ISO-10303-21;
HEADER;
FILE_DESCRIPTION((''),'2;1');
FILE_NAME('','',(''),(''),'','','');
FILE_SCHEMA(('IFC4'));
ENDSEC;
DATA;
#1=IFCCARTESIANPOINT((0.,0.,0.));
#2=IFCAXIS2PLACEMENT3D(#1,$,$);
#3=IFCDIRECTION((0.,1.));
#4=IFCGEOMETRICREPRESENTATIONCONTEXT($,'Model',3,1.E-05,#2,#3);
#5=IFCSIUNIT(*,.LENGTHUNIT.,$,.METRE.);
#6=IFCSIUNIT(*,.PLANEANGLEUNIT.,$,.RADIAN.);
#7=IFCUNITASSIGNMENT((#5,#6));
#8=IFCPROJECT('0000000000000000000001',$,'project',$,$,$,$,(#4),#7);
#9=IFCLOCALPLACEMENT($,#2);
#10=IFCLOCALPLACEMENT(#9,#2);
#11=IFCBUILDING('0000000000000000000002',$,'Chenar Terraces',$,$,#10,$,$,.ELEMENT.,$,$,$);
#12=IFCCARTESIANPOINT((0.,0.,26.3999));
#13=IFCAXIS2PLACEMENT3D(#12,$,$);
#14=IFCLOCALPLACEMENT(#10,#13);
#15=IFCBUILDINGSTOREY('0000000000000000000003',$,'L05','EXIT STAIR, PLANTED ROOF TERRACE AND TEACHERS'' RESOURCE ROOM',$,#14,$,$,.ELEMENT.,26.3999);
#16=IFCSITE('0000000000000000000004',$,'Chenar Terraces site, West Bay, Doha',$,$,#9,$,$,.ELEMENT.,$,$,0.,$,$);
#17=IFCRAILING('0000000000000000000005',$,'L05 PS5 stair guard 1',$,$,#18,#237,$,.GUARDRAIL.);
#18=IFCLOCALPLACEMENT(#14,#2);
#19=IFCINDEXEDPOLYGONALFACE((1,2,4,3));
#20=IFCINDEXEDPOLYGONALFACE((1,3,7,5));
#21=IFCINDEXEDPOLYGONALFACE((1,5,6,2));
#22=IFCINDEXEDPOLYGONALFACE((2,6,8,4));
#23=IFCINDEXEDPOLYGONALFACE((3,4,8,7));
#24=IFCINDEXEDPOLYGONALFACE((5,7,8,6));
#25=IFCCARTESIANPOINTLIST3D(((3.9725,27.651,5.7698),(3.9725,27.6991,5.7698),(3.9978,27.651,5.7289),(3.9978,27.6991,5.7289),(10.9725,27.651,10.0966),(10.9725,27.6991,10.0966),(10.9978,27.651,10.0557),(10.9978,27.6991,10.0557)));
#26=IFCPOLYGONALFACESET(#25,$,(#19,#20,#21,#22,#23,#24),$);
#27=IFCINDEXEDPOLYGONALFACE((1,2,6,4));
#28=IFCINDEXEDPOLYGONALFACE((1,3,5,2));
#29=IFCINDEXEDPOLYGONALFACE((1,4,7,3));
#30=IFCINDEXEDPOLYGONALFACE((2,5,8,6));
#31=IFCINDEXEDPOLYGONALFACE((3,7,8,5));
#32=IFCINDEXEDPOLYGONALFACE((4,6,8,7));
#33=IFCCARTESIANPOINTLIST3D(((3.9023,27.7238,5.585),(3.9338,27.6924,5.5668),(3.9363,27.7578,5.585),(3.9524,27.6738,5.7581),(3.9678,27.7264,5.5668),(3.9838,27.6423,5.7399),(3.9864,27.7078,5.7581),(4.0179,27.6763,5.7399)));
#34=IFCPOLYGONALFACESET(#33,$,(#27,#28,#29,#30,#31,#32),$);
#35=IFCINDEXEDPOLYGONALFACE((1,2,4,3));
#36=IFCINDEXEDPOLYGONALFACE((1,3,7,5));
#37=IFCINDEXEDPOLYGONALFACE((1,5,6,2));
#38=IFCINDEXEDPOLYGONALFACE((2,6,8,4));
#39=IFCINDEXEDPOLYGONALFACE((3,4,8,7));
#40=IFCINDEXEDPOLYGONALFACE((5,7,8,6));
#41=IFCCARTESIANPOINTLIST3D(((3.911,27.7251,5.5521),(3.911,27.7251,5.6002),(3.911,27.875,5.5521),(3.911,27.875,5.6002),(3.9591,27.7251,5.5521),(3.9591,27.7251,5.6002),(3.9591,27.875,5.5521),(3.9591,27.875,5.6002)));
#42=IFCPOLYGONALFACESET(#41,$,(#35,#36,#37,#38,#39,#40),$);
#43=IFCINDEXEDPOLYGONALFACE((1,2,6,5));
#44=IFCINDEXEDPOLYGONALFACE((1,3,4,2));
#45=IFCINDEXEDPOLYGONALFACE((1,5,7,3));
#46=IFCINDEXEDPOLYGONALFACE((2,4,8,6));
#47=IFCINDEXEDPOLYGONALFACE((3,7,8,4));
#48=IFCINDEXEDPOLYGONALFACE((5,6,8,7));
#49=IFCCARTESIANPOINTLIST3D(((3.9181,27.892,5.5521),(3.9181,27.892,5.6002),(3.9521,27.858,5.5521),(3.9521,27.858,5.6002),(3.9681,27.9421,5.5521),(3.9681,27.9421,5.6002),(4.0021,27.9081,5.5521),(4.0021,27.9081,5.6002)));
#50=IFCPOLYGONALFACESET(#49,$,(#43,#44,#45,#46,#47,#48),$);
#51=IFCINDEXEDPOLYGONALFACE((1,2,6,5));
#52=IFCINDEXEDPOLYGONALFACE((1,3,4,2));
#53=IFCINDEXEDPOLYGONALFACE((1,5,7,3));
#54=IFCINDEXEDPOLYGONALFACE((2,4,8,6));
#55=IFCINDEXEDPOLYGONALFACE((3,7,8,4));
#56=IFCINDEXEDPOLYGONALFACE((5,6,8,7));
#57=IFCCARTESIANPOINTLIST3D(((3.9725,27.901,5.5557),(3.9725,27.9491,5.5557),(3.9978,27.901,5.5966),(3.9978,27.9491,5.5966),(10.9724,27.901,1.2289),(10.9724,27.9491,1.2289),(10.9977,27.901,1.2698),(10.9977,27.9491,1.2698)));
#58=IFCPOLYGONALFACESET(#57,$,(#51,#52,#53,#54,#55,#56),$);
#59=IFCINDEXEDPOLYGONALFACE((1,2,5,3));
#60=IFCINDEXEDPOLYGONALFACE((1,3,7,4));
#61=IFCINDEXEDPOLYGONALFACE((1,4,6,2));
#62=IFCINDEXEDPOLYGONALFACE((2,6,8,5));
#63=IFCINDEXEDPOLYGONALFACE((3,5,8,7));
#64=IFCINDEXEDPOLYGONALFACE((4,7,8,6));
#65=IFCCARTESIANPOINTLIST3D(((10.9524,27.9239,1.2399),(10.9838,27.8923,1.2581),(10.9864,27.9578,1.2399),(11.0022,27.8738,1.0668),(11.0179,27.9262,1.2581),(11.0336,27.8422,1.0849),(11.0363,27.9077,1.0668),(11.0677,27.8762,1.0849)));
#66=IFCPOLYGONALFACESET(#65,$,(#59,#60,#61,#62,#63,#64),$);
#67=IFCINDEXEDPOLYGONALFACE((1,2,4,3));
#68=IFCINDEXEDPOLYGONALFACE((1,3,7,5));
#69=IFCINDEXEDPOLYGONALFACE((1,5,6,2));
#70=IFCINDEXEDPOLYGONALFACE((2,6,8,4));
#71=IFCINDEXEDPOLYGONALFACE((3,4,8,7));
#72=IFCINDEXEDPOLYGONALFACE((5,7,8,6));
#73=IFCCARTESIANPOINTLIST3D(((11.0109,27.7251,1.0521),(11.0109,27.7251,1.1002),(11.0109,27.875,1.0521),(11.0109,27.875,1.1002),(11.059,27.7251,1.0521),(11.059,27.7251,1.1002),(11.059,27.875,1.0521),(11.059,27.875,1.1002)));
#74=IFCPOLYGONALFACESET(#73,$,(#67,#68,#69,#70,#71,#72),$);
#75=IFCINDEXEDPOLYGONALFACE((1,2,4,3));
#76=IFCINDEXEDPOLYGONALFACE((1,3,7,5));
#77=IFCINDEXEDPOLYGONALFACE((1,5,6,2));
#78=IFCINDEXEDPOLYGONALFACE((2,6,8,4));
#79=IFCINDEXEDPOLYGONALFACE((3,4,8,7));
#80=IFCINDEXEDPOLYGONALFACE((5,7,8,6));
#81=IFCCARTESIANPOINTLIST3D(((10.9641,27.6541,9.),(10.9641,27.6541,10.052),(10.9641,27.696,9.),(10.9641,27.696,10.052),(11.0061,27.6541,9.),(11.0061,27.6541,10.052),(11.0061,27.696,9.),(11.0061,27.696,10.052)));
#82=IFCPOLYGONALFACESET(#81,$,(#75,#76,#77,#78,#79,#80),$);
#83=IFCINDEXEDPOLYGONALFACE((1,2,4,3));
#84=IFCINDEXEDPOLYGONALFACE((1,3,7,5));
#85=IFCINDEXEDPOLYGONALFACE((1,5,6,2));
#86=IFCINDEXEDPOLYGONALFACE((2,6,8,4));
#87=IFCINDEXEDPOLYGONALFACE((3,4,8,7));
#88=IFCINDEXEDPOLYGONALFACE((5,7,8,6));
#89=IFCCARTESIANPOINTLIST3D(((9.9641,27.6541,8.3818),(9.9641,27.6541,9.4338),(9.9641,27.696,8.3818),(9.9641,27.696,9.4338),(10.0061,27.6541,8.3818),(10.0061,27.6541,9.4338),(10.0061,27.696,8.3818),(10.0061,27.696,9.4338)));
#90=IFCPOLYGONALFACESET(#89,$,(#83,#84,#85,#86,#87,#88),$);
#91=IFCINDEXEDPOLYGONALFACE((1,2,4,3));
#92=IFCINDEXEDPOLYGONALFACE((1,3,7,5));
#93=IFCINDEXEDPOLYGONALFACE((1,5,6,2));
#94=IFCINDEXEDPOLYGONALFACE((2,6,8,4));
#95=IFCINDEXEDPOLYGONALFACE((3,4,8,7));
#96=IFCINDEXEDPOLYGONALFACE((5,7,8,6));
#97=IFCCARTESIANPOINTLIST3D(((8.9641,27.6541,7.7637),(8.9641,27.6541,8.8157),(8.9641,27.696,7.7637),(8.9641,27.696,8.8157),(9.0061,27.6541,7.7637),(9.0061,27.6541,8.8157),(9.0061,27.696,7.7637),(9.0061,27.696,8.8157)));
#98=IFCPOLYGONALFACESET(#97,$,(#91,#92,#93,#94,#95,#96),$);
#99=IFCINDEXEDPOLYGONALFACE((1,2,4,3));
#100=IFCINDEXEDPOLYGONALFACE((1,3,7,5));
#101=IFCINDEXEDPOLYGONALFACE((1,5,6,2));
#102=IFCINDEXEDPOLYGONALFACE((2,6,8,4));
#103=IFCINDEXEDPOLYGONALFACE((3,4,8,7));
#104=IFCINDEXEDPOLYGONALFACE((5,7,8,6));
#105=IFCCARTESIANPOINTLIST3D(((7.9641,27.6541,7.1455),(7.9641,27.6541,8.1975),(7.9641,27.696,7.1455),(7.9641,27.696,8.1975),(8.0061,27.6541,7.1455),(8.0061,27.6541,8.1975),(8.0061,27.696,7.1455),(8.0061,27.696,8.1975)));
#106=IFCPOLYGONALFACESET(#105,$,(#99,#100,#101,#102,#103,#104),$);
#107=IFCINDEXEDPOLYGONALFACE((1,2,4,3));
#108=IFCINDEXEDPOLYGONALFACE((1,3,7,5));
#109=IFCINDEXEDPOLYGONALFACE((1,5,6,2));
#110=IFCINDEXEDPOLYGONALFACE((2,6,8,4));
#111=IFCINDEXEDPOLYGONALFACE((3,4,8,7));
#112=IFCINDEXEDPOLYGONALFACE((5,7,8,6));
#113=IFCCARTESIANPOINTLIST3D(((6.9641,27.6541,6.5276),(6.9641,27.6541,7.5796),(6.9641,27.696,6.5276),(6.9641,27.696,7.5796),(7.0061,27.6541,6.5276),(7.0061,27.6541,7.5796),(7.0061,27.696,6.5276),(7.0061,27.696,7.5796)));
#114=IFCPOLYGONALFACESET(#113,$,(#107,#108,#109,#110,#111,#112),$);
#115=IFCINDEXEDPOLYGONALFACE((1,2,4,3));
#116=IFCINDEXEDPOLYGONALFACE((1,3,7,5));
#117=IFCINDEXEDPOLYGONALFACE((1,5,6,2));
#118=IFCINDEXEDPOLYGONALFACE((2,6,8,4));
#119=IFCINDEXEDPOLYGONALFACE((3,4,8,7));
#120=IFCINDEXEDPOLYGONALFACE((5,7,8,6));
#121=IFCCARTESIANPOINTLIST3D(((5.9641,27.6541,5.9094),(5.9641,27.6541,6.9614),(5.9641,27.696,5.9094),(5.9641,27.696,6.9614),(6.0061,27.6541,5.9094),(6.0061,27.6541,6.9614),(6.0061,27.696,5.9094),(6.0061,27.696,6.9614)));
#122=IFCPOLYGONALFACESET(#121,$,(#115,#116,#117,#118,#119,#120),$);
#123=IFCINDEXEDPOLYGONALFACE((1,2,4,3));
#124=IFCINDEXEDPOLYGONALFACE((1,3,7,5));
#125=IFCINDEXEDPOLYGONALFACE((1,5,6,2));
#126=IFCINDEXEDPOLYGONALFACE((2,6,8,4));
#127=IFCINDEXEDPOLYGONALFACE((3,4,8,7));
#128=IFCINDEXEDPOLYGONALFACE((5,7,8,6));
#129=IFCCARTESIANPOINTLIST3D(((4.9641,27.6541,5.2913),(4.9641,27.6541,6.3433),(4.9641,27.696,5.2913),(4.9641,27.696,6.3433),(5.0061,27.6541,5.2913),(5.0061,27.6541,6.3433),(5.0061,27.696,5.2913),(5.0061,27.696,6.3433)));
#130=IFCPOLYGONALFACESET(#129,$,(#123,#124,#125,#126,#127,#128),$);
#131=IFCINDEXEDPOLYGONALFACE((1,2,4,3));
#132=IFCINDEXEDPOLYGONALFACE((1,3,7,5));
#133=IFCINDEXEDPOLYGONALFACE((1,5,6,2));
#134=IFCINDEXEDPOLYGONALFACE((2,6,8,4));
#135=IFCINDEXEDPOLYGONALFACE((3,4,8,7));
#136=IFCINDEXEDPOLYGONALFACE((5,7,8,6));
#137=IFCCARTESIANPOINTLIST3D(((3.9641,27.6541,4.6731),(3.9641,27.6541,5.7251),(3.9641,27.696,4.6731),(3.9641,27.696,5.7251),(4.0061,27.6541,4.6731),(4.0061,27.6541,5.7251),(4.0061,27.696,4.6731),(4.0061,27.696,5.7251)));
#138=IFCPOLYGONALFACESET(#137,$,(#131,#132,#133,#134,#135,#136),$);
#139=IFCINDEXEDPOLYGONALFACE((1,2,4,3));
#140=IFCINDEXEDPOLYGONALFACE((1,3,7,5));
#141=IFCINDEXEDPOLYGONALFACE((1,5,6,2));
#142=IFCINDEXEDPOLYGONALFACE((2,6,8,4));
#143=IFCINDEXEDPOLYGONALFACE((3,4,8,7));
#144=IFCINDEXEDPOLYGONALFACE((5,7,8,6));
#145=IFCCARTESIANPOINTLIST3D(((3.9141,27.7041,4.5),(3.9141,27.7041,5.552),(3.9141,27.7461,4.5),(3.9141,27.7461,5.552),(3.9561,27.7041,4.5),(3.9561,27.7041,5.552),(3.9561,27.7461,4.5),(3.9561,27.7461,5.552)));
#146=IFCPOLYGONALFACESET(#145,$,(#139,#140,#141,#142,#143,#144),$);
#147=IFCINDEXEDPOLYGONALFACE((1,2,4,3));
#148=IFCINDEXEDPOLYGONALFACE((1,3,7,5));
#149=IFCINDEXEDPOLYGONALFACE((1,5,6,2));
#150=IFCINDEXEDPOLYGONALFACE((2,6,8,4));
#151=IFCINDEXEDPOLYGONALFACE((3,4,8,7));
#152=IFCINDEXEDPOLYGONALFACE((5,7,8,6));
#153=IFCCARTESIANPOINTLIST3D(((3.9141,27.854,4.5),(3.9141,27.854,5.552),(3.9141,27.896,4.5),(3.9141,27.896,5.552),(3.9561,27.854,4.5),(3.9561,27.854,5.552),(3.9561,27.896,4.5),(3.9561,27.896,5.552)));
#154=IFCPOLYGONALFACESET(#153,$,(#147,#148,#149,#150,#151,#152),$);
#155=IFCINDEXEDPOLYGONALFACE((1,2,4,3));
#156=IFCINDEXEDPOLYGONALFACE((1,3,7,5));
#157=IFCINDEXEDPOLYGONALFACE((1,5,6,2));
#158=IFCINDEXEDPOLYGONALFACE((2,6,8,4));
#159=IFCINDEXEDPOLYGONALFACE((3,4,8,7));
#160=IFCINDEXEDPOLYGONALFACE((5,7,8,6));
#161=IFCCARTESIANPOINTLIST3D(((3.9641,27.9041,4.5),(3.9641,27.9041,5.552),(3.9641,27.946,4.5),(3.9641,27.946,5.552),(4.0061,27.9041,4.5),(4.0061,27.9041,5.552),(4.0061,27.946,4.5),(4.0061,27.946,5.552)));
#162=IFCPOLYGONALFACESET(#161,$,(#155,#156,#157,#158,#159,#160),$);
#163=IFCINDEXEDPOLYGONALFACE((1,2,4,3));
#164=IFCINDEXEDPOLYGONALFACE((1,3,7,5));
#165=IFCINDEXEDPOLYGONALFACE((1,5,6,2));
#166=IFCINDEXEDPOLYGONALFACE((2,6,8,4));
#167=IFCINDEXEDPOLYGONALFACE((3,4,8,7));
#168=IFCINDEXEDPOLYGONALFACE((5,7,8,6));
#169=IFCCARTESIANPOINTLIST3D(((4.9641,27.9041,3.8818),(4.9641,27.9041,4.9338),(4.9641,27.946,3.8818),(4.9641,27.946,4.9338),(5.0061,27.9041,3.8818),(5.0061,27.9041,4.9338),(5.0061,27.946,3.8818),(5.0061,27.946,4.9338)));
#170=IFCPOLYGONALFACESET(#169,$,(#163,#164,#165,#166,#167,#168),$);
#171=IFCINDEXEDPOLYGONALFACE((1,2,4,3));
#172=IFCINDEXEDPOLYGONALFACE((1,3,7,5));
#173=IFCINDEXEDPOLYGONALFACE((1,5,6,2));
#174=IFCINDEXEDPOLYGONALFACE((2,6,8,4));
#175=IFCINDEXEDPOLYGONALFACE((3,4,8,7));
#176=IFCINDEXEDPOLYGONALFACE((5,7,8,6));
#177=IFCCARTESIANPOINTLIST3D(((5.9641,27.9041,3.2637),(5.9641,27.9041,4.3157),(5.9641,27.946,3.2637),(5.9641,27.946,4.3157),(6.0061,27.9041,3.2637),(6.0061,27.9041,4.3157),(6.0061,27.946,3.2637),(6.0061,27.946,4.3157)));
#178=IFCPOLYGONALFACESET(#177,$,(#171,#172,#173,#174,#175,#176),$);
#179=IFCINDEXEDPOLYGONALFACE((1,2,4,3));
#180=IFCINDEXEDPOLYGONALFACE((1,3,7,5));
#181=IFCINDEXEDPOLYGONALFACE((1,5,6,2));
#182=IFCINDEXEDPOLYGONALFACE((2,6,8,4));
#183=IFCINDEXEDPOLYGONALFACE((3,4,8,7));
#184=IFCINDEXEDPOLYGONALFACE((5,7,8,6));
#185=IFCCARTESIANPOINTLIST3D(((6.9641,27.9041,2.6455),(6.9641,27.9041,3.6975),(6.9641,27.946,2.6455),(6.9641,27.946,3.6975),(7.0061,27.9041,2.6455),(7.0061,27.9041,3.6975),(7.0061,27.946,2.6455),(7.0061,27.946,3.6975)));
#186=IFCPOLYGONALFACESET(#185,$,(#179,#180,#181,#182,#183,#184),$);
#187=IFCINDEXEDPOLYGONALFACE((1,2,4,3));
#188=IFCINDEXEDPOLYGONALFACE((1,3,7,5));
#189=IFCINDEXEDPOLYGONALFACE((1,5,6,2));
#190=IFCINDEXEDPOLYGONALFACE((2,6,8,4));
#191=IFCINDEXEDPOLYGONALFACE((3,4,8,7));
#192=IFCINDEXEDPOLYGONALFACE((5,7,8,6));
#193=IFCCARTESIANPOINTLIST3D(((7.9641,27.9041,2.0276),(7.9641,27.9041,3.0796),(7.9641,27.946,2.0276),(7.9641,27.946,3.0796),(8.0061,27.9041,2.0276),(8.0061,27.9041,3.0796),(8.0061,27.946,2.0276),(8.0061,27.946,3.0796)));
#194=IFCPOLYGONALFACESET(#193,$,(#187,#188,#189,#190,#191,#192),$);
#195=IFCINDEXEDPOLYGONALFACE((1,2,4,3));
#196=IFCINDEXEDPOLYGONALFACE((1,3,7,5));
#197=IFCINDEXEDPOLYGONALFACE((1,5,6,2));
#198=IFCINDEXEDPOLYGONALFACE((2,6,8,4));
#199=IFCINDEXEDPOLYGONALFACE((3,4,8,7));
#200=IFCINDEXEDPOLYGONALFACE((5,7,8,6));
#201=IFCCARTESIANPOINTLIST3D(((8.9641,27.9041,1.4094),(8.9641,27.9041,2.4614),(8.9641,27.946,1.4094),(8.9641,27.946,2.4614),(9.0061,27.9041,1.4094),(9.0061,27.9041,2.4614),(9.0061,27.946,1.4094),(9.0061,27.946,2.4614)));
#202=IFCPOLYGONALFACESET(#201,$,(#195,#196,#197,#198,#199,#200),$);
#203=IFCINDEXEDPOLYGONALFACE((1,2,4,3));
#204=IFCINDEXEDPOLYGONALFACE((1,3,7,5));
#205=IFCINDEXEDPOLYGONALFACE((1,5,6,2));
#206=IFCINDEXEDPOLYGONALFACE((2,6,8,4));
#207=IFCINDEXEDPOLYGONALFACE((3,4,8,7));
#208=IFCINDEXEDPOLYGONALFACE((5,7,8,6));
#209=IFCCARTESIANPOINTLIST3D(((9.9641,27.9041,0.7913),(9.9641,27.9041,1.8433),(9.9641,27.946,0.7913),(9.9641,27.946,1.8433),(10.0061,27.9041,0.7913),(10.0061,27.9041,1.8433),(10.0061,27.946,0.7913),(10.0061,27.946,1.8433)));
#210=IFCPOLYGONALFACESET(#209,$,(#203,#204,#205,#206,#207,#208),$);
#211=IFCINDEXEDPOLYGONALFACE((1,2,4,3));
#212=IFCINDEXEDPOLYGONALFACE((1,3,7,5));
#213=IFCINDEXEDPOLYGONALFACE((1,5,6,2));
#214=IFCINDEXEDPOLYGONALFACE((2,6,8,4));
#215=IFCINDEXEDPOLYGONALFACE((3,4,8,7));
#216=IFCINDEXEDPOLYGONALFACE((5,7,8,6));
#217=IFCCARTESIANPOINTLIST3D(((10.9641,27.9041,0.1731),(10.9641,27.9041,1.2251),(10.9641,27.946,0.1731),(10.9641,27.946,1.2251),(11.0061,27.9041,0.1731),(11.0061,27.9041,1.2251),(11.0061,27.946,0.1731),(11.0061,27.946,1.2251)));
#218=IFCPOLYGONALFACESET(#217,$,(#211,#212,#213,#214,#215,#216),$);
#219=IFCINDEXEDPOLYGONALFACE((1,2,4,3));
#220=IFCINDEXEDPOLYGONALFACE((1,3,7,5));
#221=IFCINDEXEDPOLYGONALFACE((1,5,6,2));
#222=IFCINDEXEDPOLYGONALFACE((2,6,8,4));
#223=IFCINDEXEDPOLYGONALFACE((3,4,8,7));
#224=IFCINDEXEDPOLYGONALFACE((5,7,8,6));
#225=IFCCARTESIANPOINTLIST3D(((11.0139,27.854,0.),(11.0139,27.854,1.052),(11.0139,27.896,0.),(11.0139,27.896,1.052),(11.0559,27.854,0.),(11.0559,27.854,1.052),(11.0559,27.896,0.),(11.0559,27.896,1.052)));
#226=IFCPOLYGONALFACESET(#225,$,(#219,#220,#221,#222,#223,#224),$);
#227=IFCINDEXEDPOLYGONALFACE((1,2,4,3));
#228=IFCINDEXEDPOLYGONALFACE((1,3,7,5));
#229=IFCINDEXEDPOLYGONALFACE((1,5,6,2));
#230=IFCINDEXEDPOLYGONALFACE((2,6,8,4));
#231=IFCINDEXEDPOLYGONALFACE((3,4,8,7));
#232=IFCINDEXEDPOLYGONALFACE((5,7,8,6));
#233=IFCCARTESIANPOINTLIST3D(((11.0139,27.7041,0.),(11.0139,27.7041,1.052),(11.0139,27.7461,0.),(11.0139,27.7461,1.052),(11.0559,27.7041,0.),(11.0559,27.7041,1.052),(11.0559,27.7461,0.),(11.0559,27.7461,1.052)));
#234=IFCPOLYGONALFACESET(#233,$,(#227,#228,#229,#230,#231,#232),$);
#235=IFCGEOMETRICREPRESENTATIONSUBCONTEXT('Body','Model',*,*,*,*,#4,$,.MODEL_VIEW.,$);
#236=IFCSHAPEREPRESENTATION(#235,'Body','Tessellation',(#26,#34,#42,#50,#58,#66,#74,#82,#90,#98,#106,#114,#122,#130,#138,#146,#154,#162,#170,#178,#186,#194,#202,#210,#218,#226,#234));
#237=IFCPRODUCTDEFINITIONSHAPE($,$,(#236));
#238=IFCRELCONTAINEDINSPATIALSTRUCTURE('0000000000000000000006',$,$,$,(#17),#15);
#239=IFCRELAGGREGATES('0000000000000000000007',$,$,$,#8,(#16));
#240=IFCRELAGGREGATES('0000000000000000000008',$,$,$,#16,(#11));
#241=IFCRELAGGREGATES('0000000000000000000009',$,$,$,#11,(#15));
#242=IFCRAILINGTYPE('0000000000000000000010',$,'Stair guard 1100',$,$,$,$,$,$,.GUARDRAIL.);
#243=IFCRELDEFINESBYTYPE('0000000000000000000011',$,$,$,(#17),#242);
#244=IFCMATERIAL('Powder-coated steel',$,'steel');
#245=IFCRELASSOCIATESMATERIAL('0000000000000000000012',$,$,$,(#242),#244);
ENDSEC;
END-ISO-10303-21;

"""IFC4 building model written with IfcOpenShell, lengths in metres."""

from ifc_helpers import new_model, si_unit, direction, frame, origin, origin_2d, place, context, subcontext, project, spatial, rectangle, extrude, material, type_object, element, save


model = new_model("IFC4")

# Units and contexts
model_context = context("Model", 3, precision=1e-05, world=origin(), true_north=direction((0.0, 1.0)))
body_context = subcontext(model_context, "Body", "Model", "MODEL_VIEW")
ifc_project = project(units=[si_unit("LENGTHUNIT", "METRE"), si_unit("PLANEANGLEUNIT", "RADIAN")], contexts=[model_context])

# Site, building, storey
site_placement = place(None, origin())
site = spatial("IfcSite", under=ifc_project, at=site_placement, Name="Chenar Terraces site, West Bay, Doha", CompositionType="ELEMENT", RefElevation=0.0)
building_placement = place(site_placement, origin())
building = spatial("IfcBuilding", under=site, at=building_placement, Name="Chenar Terraces", CompositionType="ELEMENT")
storey_placement = place(building_placement, frame((0.0, 0.0, 26.3999)))
storey = spatial("IfcBuildingStorey", under=building, at=storey_placement, Name="L05", Description="EXIT STAIR, PLANTED ROOF TERRACE AND TEACHERS' RESOURCE ROOM", CompositionType="ELEMENT", Elevation=26.3999)

# Railing
ifc_material_1 = material(Name="Powder-coated steel", Category="steel")
railing_type_1 = type_object("IfcRailingType", Name="Stair guard 1100", PredefinedType="GUARDRAIL", material=ifc_material_1)
railing_1_placement = place(storey_placement, frame((10.9851, 27.675, 9.0)))
element("IfcRailing", 1, at=railing_1_placement, inside=storey, type_object=railing_type_1, Name="L05 PS5 stair guard 1", PredefinedType="GUARDRAIL", context=body_context, shape_type="SweptSolid", body=[
    extrude(rectangle(XDim=0.0481, YDim=0.0481, at=origin_2d()), frame((0.0, 0.0, 1.0762), z_axis=(-0.850615, 0.0, -0.52579), x_axis=(0.0, -1.0, 0.0)), (0.0, 0.0, 1.0), 8.2292),
    extrude(rectangle(XDim=0.0481, YDim=0.0481, at=origin_2d()), frame((-7.0, 0.0, -3.251), z_axis=(-0.26763, 0.26763, -0.925607), x_axis=(-0.707107, -0.707107, 0.0)), (0.0, 0.0, 1.0), 0.187),
    extrude(rectangle(XDim=0.0481, YDim=0.0481, at=origin_2d()), frame((-7.05, 0.05, -3.4238), z_axis=(0.0, 1.0, 0.0), x_axis=(-1.0, 0.0, 0.0)), (0.0, 0.0, 1.0), 0.1499),
    extrude(rectangle(XDim=0.0481, YDim=0.0481, at=origin_2d()), frame((-7.05, 0.2, -3.4238), z_axis=(0.707107, 0.707107, 0.0), x_axis=(-0.707107, 0.707107, 0.0)), (0.0, 0.0, 1.0), 0.0708),
    extrude(rectangle(XDim=0.0481, YDim=0.0481, at=origin_2d()), frame((-7.0, 0.25, -3.4238), z_axis=(0.850615, 0.0, -0.52579), x_axis=(0.0, 1.0, 0.0)), (0.0, 0.0, 1.0), 8.2292),
    extrude(rectangle(XDim=0.0481, YDim=0.0481, at=origin_2d()), frame((0.0, 0.25, -7.751), z_axis=(0.266417, -0.267723, -0.92593), x_axis=(0.708834, 0.705376, 0.0)), (0.0, 0.0, 1.0), 0.187),
    extrude(rectangle(XDim=0.0481, YDim=0.0481, at=origin_2d()), frame((0.0498, 0.2, -7.9238), z_axis=(0.0, -1.0, 0.0), x_axis=(1.0, 0.0, 0.0)), (0.0, 0.0, 1.0), 0.1499),
    extrude(rectangle(XDim=0.042, YDim=0.042, at=origin_2d()), origin(), (0.0, 0.0, 1.0), 1.052),
    extrude(rectangle(XDim=0.042, YDim=0.042, at=origin_2d()), frame((-1.0, 0.0, -0.6182)), (0.0, 0.0, 1.0), 1.052),
    extrude(rectangle(XDim=0.042, YDim=0.042, at=origin_2d()), frame((-2.0, 0.0, -1.2363)), (0.0, 0.0, 1.0), 1.052),
    extrude(rectangle(XDim=0.042, YDim=0.042, at=origin_2d()), frame((-3.0, 0.0, -1.8545)), (0.0, 0.0, 1.0), 1.052),
    extrude(rectangle(XDim=0.042, YDim=0.042, at=origin_2d()), frame((-4.0, 0.0, -2.4724)), (0.0, 0.0, 1.0), 1.052),
    extrude(rectangle(XDim=0.042, YDim=0.042, at=origin_2d()), frame((-5.0, 0.0, -3.0906)), (0.0, 0.0, 1.0), 1.052),
    extrude(rectangle(XDim=0.042, YDim=0.042, at=origin_2d()), frame((-6.0, 0.0, -3.7087)), (0.0, 0.0, 1.0), 1.052),
    extrude(rectangle(XDim=0.042, YDim=0.042, at=origin_2d()), frame((-7.0, 0.0, -4.3269)), (0.0, 0.0, 1.0), 1.052),
    extrude(rectangle(XDim=0.042, YDim=0.042, at=origin_2d()), frame((-7.05, 0.05, -4.5)), (0.0, 0.0, 1.0), 1.052),
    extrude(rectangle(XDim=0.042, YDim=0.042, at=origin_2d()), frame((-7.05, 0.2, -4.5)), (0.0, 0.0, 1.0), 1.052),
    extrude(rectangle(XDim=0.042, YDim=0.042, at=origin_2d()), frame((-7.0, 0.25, -4.5)), (0.0, 0.0, 1.0), 1.052),
    extrude(rectangle(XDim=0.042, YDim=0.042, at=origin_2d()), frame((-6.0, 0.25, -5.1182)), (0.0, 0.0, 1.0), 1.052),
    extrude(rectangle(XDim=0.042, YDim=0.042, at=origin_2d()), frame((-5.0, 0.25, -5.7363)), (0.0, 0.0, 1.0), 1.052),
    extrude(rectangle(XDim=0.042, YDim=0.042, at=origin_2d()), frame((-4.0, 0.25, -6.3545)), (0.0, 0.0, 1.0), 1.052),
    extrude(rectangle(XDim=0.042, YDim=0.042, at=origin_2d()), frame((-3.0, 0.25, -6.9724)), (0.0, 0.0, 1.0), 1.052),
    extrude(rectangle(XDim=0.042, YDim=0.042, at=origin_2d()), frame((-2.0, 0.25, -7.5906)), (0.0, 0.0, 1.0), 1.052),
    extrude(rectangle(XDim=0.042, YDim=0.042, at=origin_2d()), frame((-1.0, 0.25, -8.2087)), (0.0, 0.0, 1.0), 1.052),
    extrude(rectangle(XDim=0.042, YDim=0.042, at=origin_2d()), frame((0.0, 0.25, -8.8269)), (0.0, 0.0, 1.0), 1.052),
    extrude(rectangle(XDim=0.042, YDim=0.042, at=origin_2d()), frame((0.0498, 0.2, -9.0)), (0.0, 0.0, 1.0), 1.052),
    extrude(rectangle(XDim=0.042, YDim=0.042, at=origin_2d()), frame((0.0498, 0.05, -9.0)), (0.0, 0.0, 1.0), 1.052),
])

save(model, "model.ifc")
